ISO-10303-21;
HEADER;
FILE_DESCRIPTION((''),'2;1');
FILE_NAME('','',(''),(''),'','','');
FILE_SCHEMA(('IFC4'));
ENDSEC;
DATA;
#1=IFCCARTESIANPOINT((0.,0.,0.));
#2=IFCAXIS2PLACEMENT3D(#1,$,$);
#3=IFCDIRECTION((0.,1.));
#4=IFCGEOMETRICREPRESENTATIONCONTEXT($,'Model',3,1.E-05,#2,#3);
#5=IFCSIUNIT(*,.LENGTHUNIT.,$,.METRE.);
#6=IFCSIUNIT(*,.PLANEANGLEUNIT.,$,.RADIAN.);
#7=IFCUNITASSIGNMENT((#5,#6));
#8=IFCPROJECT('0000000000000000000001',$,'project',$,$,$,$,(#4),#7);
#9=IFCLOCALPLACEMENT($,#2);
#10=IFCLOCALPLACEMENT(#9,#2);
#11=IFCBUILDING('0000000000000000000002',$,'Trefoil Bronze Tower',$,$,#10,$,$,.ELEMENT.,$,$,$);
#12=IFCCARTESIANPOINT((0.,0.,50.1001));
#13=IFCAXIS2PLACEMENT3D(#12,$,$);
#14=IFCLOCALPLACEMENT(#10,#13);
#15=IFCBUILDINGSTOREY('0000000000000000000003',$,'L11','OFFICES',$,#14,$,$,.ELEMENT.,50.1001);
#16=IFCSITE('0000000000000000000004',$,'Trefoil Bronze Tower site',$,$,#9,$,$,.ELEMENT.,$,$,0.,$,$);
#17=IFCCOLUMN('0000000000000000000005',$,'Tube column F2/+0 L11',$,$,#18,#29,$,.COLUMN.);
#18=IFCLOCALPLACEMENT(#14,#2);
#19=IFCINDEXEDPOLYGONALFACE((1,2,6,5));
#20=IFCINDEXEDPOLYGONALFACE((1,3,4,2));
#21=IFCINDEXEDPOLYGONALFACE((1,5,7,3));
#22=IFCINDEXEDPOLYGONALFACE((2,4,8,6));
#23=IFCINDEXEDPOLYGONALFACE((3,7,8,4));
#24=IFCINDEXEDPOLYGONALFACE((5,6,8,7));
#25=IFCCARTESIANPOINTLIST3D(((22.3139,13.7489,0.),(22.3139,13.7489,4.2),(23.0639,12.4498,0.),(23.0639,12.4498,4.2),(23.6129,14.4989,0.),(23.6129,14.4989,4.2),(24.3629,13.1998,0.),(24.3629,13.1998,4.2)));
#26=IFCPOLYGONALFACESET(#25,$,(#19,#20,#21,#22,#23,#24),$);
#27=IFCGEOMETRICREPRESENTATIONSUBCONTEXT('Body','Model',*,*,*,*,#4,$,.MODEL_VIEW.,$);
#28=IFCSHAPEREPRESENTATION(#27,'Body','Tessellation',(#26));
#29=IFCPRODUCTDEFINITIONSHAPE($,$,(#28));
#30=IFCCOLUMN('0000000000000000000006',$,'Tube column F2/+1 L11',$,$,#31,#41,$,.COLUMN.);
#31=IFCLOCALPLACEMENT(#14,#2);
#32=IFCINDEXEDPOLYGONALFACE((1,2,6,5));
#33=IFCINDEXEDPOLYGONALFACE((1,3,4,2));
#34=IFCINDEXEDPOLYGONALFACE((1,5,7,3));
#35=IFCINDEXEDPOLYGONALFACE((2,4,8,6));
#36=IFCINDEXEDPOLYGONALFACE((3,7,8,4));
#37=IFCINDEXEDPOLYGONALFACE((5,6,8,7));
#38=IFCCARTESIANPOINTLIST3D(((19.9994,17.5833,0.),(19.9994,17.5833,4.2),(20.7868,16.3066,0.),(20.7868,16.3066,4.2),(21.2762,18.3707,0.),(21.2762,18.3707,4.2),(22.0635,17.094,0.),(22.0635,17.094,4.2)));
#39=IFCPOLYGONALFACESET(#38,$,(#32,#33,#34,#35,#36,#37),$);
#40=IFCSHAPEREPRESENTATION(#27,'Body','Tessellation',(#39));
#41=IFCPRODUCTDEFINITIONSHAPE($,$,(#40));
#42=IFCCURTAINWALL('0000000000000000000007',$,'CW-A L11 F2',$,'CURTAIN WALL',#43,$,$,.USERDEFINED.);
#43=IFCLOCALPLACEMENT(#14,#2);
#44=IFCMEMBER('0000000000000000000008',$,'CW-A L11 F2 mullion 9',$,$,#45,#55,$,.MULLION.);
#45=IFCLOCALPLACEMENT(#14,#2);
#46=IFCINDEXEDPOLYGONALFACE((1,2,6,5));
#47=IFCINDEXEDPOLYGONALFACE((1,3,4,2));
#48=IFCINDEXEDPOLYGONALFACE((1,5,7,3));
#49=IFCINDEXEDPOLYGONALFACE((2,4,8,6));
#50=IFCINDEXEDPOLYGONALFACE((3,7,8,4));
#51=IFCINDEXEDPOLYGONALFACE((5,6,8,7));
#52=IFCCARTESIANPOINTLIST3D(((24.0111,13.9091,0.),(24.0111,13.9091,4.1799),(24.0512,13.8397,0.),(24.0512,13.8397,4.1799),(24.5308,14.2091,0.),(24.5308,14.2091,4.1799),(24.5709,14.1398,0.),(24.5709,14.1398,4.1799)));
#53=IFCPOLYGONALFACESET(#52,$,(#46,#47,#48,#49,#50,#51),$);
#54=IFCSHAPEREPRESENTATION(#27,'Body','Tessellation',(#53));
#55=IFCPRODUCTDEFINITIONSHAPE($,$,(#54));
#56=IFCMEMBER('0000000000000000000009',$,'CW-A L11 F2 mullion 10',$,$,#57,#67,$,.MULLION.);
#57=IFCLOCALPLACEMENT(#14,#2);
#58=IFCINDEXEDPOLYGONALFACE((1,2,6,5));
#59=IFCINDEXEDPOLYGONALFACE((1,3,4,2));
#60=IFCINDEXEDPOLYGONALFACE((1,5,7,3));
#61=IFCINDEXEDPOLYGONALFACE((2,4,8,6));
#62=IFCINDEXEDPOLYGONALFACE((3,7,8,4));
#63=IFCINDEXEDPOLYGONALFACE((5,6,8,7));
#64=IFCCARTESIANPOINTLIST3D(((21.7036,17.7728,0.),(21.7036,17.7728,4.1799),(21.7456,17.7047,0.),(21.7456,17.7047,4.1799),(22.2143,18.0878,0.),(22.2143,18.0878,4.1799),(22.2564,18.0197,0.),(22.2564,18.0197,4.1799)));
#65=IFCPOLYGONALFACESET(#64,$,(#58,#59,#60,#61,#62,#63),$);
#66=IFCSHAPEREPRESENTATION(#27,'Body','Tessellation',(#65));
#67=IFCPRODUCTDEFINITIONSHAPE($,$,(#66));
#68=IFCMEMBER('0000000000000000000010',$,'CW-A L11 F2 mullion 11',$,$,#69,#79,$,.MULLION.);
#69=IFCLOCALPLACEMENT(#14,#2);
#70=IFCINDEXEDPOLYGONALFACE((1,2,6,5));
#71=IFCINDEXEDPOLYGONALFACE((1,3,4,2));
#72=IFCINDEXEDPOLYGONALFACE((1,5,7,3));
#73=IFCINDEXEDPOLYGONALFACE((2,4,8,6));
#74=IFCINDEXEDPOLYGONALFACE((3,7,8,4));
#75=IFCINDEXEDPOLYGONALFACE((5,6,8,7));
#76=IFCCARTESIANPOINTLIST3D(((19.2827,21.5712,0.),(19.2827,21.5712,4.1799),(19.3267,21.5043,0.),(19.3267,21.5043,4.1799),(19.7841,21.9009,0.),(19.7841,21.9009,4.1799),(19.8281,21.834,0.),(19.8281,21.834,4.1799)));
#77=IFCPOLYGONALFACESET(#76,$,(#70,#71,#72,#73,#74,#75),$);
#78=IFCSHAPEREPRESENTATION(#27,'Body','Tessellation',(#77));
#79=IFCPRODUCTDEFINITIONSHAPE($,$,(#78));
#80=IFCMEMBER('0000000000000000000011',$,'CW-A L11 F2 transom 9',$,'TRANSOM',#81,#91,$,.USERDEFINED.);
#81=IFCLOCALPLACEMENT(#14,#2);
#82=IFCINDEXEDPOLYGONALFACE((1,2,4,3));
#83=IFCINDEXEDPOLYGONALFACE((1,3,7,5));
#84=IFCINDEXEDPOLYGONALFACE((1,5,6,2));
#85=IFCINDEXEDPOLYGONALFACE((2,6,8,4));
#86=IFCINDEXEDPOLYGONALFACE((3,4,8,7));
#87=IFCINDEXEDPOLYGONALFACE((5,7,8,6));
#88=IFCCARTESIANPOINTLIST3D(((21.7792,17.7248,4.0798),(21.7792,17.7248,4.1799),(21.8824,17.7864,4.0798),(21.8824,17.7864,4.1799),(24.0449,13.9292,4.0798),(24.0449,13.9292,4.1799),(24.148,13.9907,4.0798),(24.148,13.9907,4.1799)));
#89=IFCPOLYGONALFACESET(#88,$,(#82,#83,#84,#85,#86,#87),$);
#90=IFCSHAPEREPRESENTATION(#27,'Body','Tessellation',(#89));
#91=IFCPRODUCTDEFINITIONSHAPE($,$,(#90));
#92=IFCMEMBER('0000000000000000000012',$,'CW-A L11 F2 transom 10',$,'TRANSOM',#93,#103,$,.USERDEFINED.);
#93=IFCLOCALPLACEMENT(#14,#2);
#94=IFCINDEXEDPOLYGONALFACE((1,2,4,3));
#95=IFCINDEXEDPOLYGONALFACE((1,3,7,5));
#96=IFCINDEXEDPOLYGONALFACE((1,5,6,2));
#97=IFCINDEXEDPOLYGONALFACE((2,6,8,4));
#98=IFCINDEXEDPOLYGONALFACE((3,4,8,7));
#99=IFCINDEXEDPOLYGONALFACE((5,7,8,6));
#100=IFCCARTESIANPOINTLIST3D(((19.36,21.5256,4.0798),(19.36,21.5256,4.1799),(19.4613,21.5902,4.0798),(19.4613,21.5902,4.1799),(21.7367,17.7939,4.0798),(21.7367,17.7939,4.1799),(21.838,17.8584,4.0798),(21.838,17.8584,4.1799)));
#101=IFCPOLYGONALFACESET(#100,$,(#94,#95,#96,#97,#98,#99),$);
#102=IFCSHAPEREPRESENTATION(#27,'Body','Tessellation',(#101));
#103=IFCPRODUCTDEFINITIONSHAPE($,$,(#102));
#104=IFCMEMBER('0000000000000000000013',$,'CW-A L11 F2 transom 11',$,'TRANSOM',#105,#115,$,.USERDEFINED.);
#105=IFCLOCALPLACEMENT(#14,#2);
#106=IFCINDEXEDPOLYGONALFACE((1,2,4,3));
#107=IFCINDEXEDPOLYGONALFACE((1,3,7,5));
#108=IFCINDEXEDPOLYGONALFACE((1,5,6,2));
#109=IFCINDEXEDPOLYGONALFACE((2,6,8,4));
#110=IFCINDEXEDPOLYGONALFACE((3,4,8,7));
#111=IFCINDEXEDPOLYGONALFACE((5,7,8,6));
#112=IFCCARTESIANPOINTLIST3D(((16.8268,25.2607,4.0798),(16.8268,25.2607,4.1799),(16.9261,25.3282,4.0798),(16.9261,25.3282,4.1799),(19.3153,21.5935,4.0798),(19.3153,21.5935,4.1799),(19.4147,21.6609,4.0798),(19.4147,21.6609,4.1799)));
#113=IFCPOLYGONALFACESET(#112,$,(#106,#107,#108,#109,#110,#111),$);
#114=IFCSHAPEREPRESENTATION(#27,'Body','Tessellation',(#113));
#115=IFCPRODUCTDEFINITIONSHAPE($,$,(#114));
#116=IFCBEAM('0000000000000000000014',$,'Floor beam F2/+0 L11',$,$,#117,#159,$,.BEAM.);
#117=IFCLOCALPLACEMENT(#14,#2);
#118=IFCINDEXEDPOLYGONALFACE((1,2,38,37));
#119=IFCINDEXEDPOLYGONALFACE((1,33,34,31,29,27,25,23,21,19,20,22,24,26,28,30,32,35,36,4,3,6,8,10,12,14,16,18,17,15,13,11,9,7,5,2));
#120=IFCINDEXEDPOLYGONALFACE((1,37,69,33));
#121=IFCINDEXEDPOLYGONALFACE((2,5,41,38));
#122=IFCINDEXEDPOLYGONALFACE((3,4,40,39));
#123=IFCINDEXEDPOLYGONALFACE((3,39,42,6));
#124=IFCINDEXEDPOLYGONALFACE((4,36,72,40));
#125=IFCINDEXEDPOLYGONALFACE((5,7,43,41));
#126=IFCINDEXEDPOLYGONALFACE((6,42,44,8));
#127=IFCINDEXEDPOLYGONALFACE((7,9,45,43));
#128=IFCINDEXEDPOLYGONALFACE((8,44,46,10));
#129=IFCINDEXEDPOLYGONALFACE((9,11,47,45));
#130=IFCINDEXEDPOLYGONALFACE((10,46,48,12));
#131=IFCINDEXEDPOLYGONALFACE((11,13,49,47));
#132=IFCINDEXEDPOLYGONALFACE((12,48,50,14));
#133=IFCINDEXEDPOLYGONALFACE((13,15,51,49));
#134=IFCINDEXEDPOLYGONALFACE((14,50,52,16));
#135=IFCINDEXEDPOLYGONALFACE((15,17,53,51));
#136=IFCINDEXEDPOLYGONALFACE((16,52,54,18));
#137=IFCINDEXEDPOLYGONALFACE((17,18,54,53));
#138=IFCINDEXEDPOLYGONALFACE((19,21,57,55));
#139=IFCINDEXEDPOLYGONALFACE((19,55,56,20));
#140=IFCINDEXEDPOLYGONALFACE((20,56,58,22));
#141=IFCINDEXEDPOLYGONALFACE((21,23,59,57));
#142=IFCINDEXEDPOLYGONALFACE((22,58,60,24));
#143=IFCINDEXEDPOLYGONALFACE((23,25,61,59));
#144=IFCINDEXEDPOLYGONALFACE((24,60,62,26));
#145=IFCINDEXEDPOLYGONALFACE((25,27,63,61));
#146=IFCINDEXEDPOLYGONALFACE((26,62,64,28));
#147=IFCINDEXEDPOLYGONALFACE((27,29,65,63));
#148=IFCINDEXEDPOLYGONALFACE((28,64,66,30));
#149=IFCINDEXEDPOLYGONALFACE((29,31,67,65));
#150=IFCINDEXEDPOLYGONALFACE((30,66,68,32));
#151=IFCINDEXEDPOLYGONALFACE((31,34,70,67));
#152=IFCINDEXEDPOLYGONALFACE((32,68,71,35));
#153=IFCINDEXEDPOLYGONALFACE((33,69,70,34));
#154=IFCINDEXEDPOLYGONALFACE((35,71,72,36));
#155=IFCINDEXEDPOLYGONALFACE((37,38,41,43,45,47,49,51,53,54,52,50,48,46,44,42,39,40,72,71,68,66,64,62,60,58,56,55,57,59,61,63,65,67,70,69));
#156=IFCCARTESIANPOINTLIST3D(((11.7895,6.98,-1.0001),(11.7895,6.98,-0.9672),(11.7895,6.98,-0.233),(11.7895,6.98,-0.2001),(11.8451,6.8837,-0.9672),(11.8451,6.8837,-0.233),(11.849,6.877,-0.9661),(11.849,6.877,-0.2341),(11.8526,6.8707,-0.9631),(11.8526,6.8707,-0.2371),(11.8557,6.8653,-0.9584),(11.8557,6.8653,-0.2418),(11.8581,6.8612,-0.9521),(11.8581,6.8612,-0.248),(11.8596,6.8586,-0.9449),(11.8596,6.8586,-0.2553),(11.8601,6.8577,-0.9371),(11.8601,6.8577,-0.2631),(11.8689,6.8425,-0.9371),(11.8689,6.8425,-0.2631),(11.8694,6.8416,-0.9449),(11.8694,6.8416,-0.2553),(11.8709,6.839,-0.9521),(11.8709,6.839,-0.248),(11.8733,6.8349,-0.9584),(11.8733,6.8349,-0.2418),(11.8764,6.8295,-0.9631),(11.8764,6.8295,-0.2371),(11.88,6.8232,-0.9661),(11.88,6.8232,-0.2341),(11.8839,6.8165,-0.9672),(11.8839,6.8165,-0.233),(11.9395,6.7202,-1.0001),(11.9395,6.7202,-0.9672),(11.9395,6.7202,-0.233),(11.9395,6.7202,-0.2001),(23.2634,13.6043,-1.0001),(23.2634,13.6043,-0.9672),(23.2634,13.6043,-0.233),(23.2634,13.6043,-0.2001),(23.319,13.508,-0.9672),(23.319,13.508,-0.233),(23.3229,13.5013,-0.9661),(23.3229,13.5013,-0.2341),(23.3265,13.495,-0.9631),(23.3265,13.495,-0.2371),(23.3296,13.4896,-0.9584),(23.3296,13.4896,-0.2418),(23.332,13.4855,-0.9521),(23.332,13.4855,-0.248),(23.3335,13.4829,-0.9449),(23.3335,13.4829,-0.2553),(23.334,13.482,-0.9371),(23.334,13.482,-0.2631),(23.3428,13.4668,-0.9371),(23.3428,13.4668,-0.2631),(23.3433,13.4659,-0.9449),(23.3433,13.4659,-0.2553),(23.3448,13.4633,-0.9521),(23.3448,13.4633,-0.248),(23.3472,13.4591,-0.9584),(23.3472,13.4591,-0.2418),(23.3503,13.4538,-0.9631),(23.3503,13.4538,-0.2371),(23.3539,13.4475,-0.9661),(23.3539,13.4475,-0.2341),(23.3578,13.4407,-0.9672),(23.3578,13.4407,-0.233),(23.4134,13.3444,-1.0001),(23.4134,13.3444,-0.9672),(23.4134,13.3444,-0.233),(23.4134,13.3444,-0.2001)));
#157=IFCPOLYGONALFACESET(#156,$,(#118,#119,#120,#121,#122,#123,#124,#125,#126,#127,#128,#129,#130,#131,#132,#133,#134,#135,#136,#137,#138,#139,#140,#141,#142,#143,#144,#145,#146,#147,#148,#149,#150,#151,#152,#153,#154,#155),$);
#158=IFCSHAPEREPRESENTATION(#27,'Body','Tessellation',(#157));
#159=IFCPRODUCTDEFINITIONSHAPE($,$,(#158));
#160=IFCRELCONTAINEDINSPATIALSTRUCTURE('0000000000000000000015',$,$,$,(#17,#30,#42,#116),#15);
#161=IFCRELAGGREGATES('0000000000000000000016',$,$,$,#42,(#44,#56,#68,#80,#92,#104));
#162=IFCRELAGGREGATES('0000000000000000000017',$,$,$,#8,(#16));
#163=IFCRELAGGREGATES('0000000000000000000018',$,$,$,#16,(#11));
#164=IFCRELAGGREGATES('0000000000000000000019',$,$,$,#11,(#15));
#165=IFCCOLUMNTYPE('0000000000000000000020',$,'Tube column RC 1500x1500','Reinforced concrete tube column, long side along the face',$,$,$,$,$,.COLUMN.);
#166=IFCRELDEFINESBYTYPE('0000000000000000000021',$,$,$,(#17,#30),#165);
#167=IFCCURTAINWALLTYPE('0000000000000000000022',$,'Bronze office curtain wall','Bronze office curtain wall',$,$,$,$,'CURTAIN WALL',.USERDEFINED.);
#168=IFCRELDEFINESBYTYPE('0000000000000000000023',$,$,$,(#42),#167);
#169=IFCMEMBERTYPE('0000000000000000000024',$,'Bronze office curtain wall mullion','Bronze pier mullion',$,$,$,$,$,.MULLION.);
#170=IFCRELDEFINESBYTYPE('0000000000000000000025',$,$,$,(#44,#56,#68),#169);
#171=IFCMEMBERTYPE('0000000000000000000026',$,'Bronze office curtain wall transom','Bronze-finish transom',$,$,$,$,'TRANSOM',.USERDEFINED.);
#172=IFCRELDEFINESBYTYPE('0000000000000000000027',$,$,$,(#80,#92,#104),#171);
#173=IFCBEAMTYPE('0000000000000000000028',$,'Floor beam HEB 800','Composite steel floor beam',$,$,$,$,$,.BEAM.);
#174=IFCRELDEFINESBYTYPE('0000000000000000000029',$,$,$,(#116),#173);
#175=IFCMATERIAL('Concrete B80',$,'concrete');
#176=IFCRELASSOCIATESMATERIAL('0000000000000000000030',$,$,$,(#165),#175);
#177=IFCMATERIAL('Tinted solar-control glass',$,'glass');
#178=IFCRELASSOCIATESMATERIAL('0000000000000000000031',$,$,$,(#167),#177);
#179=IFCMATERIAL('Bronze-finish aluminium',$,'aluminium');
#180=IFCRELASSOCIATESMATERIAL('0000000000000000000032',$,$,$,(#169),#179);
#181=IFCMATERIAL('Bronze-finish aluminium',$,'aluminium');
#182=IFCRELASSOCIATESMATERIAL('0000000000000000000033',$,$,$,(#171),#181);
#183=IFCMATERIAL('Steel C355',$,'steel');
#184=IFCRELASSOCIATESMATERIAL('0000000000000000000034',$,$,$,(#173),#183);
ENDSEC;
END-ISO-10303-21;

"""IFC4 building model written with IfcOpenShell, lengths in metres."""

from ifc_helpers import new_model, si_unit, direction, frame, origin, origin_2d, place, context, subcontext, project, spatial, rectangle, i_section, extrude, material, material_profile, profile_set, type_object, element, aggregate, save


model = new_model("IFC4")

# Units and contexts
model_context = context("Model", 3, precision=1e-05, world=origin(), true_north=direction((0.0, 1.0)))
body_context = subcontext(model_context, "Body", "Model", "MODEL_VIEW")
ifc_project = project(units=[si_unit("LENGTHUNIT", "METRE"), si_unit("PLANEANGLEUNIT", "RADIAN")], contexts=[model_context])

# Site, building, storey
site_placement = place(None, origin())
site = spatial("IfcSite", under=ifc_project, at=site_placement, Name="Trefoil Bronze Tower site", CompositionType="ELEMENT", RefElevation=0.0)
building_placement = place(site_placement, origin())
building = spatial("IfcBuilding", under=site, at=building_placement, Name="Trefoil Bronze Tower", CompositionType="ELEMENT")
storey_placement = place(building_placement, frame((0.0, 0.0, 50.1001)))
storey = spatial("IfcBuildingStorey", under=building, at=storey_placement, Name="L11", Description="OFFICES", CompositionType="ELEMENT", Elevation=50.1001)

# Columns
ifc_material_1 = material(Name="Concrete B80", Category="concrete")
ifc_material_profile_1 = material_profile(ifc_material_1, rectangle(XDim=1.5, YDim=1.5, at=origin_2d()), Name="RC 1500x1500")
ifc_profile_set_1 = profile_set([ifc_material_profile_1], Name="Concrete B80")
column_type = type_object("IfcColumnType", Name="Tube column RC 1500x1500", Description="Reinforced concrete tube column, long side along the face", PredefinedType="COLUMN", material=ifc_profile_set_1)
for number, where, z_axis, x_axis, name in (
    (1, (23.3384, 13.4744, 0.0), (0.0, 0.0, 1.0), (-0.5, 0.866025, 0.0), "Tube column F2/+0 L11"),
    (2, (21.0315, 17.3386, 0.0), (0.0, 0.0, 1.0), (-0.524923, 0.85115, 0.0), "Tube column F2/+1 L11"),
):
    element("IfcColumn", number, at=place(storey_placement, frame(where, z_axis=z_axis, x_axis=x_axis)), inside=storey, type_object=column_type, Name=name, PredefinedType="COLUMN", context=body_context, shape_type="SweptSolid", body=[
        extrude(rectangle(XDim=1.5, YDim=1.5, at=origin_2d()), origin(), (0.0, 0.0, 1.0), 4.2),
    ])

# Curtain wall, members
ifc_material_2 = material(Name="Tinted solar-control glass", Category="glass")
curtain_wall_type = type_object("IfcCurtainWallType", Name="Bronze office curtain wall", Description="Bronze office curtain wall", ElementType="CURTAIN WALL", PredefinedType="USERDEFINED", material=ifc_material_2)
curtain_wall_placement = place(storey_placement, origin())
curtain_wall = element("IfcCurtainWall", 3, at=curtain_wall_placement, inside=storey, type_object=curtain_wall_type, Name="CW-A L11 F2", ObjectType="CURTAIN WALL", PredefinedType="USERDEFINED")
ifc_material_3 = material(Name="Bronze-finish aluminium", Category="aluminium")
ifc_material_profile_2 = material_profile(ifc_material_3, rectangle(XDim=0.6001, YDim=0.0801, at=origin_2d()), Name="CW-A mullion")
ifc_profile_set_2 = profile_set([ifc_material_profile_2], Name="Bronze-finish aluminium")
member_type_1 = type_object("IfcMemberType", Name="Bronze office curtain wall mullion", Description="Bronze pier mullion", PredefinedType="MULLION", material=ifc_profile_set_2)
member_1_placement = place(storey_placement, frame((24.291, 14.0244, 0.0), z_axis=(0.0, 0.0, 1.0), x_axis=(-0.866025, -0.5, 0.0)))
member_1 = element("IfcMember", 4, at=member_1_placement, type_object=member_type_1, Name="CW-A L11 F2 mullion 9", PredefinedType="MULLION", context=body_context, shape_type="SweptSolid", body=[
    extrude(rectangle(XDim=0.6001, YDim=0.0801, at=origin_2d()), origin(), (0.0, 0.0, 1.0), 4.1799),
])
member_2_placement = place(storey_placement, frame((21.98, 17.8962, 0.0), z_axis=(0.0, 0.0, 1.0), x_axis=(-0.85115, -0.524923, 0.0)))
member_2 = element("IfcMember", 5, at=member_2_placement, type_object=member_type_1, Name="CW-A L11 F2 mullion 10", PredefinedType="MULLION", context=body_context, shape_type="SweptSolid", body=[
    extrude(rectangle(XDim=0.6001, YDim=0.0801, at=origin_2d()), origin(), (0.0, 0.0, 1.0), 4.1799),
])
member_3_placement = place(storey_placement, frame((19.5554, 21.7026, 0.0), z_axis=(0.0, 0.0, 1.0), x_axis=(-0.835544, -0.549424, 0.0)))
member_3 = element("IfcMember", 6, at=member_3_placement, type_object=member_type_1, Name="CW-A L11 F2 mullion 11", PredefinedType="MULLION", context=body_context, shape_type="SweptSolid", body=[
    extrude(rectangle(XDim=0.6001, YDim=0.0801, at=origin_2d()), origin(), (0.0, 0.0, 1.0), 4.1799),
])
ifc_material_4 = material(Name="Bronze-finish aluminium", Category="aluminium")
ifc_material_profile_3 = material_profile(ifc_material_4, rectangle(XDim=0.1201, YDim=0.1001, at=origin_2d()), Name="CW-A transom")
ifc_profile_set_3 = profile_set([ifc_material_profile_3], Name="Bronze-finish aluminium")
member_type_2 = type_object("IfcMemberType", Name="Bronze office curtain wall transom", Description="Bronze-finish transom", ElementType="TRANSOM", PredefinedType="USERDEFINED", material=ifc_profile_set_3)
member_4_placement = place(storey_placement, frame((24.0964, 13.96, 4.1299), z_axis=(-0.512537, 0.858665, 0.0), x_axis=(-0.858665, -0.512537, 0.0)))
member_4 = element("IfcMember", 7, at=member_4_placement, type_object=member_type_2, Name="CW-A L11 F2 transom 9", ObjectType="TRANSOM", PredefinedType="USERDEFINED", context=body_context, shape_type="SweptSolid", body=[
    extrude(rectangle(XDim=0.1201, YDim=0.1001, at=origin_2d()), origin(), (0.0, 0.0, 1.0), 4.4204),
])
member_5_placement = place(storey_placement, frame((21.7874, 17.8262, 4.1299), z_axis=(-0.537197, 0.843457, 0.0), x_axis=(-0.843457, -0.537197, 0.0)))
member_5 = element("IfcMember", 8, at=member_5_placement, type_object=member_type_2, Name="CW-A L11 F2 transom 10", ObjectType="TRANSOM", PredefinedType="USERDEFINED", context=body_context, shape_type="SweptSolid", body=[
    extrude(rectangle(XDim=0.1201, YDim=0.1001, at=origin_2d()), origin(), (0.0, 0.0, 1.0), 4.4243),
])
member_6_placement = place(storey_placement, frame((19.365, 21.6272, 4.1299), z_axis=(-0.561508, 0.827471, 0.0), x_axis=(-0.827471, -0.561508, 0.0)))
member_6 = element("IfcMember", 9, at=member_6_placement, type_object=member_type_2, Name="CW-A L11 F2 transom 11", ObjectType="TRANSOM", PredefinedType="USERDEFINED", context=body_context, shape_type="SweptSolid", body=[
    extrude(rectangle(XDim=0.1201, YDim=0.1001, at=origin_2d()), origin(), (0.0, 0.0, 1.0), 4.4319),
])

# Beam
ifc_material_5 = material(Name="Steel C355", Category="steel")
ifc_material_profile_4 = material_profile(ifc_material_5, i_section(OverallWidth=0.3, OverallDepth=0.8, WebThickness=0.0176, FlangeThickness=0.033, FilletRadius=0.03, at=origin_2d()), Name="HEB 800")
ifc_profile_set_4 = profile_set([ifc_material_profile_4], Name="Steel C355")
beam_type_1 = type_object("IfcBeamType", Name="Floor beam HEB 800", Description="Composite steel floor beam", PredefinedType="BEAM", material=ifc_profile_set_4)
beam_1_placement = place(storey_placement, frame((23.3384, 13.4744, -0.6001), z_axis=(-0.866031, -0.49999, 0.0), x_axis=(0.49999, -0.866031, 0.0)))
element("IfcBeam", 10, at=beam_1_placement, inside=storey, type_object=beam_type_1, Name="Floor beam F2/+0 L11", PredefinedType="BEAM", context=body_context, shape_type="SweptSolid", body=[
    extrude(i_section(OverallWidth=0.3, OverallDepth=0.8, WebThickness=0.0176, FlangeThickness=0.033, FilletRadius=0.03, at=origin_2d()), origin(), (0.0, 0.0, 1.0), 13.2488),
])

aggregate(curtain_wall, [member_1, member_2, member_3, member_4, member_5, member_6])

save(model, "model.ifc")
